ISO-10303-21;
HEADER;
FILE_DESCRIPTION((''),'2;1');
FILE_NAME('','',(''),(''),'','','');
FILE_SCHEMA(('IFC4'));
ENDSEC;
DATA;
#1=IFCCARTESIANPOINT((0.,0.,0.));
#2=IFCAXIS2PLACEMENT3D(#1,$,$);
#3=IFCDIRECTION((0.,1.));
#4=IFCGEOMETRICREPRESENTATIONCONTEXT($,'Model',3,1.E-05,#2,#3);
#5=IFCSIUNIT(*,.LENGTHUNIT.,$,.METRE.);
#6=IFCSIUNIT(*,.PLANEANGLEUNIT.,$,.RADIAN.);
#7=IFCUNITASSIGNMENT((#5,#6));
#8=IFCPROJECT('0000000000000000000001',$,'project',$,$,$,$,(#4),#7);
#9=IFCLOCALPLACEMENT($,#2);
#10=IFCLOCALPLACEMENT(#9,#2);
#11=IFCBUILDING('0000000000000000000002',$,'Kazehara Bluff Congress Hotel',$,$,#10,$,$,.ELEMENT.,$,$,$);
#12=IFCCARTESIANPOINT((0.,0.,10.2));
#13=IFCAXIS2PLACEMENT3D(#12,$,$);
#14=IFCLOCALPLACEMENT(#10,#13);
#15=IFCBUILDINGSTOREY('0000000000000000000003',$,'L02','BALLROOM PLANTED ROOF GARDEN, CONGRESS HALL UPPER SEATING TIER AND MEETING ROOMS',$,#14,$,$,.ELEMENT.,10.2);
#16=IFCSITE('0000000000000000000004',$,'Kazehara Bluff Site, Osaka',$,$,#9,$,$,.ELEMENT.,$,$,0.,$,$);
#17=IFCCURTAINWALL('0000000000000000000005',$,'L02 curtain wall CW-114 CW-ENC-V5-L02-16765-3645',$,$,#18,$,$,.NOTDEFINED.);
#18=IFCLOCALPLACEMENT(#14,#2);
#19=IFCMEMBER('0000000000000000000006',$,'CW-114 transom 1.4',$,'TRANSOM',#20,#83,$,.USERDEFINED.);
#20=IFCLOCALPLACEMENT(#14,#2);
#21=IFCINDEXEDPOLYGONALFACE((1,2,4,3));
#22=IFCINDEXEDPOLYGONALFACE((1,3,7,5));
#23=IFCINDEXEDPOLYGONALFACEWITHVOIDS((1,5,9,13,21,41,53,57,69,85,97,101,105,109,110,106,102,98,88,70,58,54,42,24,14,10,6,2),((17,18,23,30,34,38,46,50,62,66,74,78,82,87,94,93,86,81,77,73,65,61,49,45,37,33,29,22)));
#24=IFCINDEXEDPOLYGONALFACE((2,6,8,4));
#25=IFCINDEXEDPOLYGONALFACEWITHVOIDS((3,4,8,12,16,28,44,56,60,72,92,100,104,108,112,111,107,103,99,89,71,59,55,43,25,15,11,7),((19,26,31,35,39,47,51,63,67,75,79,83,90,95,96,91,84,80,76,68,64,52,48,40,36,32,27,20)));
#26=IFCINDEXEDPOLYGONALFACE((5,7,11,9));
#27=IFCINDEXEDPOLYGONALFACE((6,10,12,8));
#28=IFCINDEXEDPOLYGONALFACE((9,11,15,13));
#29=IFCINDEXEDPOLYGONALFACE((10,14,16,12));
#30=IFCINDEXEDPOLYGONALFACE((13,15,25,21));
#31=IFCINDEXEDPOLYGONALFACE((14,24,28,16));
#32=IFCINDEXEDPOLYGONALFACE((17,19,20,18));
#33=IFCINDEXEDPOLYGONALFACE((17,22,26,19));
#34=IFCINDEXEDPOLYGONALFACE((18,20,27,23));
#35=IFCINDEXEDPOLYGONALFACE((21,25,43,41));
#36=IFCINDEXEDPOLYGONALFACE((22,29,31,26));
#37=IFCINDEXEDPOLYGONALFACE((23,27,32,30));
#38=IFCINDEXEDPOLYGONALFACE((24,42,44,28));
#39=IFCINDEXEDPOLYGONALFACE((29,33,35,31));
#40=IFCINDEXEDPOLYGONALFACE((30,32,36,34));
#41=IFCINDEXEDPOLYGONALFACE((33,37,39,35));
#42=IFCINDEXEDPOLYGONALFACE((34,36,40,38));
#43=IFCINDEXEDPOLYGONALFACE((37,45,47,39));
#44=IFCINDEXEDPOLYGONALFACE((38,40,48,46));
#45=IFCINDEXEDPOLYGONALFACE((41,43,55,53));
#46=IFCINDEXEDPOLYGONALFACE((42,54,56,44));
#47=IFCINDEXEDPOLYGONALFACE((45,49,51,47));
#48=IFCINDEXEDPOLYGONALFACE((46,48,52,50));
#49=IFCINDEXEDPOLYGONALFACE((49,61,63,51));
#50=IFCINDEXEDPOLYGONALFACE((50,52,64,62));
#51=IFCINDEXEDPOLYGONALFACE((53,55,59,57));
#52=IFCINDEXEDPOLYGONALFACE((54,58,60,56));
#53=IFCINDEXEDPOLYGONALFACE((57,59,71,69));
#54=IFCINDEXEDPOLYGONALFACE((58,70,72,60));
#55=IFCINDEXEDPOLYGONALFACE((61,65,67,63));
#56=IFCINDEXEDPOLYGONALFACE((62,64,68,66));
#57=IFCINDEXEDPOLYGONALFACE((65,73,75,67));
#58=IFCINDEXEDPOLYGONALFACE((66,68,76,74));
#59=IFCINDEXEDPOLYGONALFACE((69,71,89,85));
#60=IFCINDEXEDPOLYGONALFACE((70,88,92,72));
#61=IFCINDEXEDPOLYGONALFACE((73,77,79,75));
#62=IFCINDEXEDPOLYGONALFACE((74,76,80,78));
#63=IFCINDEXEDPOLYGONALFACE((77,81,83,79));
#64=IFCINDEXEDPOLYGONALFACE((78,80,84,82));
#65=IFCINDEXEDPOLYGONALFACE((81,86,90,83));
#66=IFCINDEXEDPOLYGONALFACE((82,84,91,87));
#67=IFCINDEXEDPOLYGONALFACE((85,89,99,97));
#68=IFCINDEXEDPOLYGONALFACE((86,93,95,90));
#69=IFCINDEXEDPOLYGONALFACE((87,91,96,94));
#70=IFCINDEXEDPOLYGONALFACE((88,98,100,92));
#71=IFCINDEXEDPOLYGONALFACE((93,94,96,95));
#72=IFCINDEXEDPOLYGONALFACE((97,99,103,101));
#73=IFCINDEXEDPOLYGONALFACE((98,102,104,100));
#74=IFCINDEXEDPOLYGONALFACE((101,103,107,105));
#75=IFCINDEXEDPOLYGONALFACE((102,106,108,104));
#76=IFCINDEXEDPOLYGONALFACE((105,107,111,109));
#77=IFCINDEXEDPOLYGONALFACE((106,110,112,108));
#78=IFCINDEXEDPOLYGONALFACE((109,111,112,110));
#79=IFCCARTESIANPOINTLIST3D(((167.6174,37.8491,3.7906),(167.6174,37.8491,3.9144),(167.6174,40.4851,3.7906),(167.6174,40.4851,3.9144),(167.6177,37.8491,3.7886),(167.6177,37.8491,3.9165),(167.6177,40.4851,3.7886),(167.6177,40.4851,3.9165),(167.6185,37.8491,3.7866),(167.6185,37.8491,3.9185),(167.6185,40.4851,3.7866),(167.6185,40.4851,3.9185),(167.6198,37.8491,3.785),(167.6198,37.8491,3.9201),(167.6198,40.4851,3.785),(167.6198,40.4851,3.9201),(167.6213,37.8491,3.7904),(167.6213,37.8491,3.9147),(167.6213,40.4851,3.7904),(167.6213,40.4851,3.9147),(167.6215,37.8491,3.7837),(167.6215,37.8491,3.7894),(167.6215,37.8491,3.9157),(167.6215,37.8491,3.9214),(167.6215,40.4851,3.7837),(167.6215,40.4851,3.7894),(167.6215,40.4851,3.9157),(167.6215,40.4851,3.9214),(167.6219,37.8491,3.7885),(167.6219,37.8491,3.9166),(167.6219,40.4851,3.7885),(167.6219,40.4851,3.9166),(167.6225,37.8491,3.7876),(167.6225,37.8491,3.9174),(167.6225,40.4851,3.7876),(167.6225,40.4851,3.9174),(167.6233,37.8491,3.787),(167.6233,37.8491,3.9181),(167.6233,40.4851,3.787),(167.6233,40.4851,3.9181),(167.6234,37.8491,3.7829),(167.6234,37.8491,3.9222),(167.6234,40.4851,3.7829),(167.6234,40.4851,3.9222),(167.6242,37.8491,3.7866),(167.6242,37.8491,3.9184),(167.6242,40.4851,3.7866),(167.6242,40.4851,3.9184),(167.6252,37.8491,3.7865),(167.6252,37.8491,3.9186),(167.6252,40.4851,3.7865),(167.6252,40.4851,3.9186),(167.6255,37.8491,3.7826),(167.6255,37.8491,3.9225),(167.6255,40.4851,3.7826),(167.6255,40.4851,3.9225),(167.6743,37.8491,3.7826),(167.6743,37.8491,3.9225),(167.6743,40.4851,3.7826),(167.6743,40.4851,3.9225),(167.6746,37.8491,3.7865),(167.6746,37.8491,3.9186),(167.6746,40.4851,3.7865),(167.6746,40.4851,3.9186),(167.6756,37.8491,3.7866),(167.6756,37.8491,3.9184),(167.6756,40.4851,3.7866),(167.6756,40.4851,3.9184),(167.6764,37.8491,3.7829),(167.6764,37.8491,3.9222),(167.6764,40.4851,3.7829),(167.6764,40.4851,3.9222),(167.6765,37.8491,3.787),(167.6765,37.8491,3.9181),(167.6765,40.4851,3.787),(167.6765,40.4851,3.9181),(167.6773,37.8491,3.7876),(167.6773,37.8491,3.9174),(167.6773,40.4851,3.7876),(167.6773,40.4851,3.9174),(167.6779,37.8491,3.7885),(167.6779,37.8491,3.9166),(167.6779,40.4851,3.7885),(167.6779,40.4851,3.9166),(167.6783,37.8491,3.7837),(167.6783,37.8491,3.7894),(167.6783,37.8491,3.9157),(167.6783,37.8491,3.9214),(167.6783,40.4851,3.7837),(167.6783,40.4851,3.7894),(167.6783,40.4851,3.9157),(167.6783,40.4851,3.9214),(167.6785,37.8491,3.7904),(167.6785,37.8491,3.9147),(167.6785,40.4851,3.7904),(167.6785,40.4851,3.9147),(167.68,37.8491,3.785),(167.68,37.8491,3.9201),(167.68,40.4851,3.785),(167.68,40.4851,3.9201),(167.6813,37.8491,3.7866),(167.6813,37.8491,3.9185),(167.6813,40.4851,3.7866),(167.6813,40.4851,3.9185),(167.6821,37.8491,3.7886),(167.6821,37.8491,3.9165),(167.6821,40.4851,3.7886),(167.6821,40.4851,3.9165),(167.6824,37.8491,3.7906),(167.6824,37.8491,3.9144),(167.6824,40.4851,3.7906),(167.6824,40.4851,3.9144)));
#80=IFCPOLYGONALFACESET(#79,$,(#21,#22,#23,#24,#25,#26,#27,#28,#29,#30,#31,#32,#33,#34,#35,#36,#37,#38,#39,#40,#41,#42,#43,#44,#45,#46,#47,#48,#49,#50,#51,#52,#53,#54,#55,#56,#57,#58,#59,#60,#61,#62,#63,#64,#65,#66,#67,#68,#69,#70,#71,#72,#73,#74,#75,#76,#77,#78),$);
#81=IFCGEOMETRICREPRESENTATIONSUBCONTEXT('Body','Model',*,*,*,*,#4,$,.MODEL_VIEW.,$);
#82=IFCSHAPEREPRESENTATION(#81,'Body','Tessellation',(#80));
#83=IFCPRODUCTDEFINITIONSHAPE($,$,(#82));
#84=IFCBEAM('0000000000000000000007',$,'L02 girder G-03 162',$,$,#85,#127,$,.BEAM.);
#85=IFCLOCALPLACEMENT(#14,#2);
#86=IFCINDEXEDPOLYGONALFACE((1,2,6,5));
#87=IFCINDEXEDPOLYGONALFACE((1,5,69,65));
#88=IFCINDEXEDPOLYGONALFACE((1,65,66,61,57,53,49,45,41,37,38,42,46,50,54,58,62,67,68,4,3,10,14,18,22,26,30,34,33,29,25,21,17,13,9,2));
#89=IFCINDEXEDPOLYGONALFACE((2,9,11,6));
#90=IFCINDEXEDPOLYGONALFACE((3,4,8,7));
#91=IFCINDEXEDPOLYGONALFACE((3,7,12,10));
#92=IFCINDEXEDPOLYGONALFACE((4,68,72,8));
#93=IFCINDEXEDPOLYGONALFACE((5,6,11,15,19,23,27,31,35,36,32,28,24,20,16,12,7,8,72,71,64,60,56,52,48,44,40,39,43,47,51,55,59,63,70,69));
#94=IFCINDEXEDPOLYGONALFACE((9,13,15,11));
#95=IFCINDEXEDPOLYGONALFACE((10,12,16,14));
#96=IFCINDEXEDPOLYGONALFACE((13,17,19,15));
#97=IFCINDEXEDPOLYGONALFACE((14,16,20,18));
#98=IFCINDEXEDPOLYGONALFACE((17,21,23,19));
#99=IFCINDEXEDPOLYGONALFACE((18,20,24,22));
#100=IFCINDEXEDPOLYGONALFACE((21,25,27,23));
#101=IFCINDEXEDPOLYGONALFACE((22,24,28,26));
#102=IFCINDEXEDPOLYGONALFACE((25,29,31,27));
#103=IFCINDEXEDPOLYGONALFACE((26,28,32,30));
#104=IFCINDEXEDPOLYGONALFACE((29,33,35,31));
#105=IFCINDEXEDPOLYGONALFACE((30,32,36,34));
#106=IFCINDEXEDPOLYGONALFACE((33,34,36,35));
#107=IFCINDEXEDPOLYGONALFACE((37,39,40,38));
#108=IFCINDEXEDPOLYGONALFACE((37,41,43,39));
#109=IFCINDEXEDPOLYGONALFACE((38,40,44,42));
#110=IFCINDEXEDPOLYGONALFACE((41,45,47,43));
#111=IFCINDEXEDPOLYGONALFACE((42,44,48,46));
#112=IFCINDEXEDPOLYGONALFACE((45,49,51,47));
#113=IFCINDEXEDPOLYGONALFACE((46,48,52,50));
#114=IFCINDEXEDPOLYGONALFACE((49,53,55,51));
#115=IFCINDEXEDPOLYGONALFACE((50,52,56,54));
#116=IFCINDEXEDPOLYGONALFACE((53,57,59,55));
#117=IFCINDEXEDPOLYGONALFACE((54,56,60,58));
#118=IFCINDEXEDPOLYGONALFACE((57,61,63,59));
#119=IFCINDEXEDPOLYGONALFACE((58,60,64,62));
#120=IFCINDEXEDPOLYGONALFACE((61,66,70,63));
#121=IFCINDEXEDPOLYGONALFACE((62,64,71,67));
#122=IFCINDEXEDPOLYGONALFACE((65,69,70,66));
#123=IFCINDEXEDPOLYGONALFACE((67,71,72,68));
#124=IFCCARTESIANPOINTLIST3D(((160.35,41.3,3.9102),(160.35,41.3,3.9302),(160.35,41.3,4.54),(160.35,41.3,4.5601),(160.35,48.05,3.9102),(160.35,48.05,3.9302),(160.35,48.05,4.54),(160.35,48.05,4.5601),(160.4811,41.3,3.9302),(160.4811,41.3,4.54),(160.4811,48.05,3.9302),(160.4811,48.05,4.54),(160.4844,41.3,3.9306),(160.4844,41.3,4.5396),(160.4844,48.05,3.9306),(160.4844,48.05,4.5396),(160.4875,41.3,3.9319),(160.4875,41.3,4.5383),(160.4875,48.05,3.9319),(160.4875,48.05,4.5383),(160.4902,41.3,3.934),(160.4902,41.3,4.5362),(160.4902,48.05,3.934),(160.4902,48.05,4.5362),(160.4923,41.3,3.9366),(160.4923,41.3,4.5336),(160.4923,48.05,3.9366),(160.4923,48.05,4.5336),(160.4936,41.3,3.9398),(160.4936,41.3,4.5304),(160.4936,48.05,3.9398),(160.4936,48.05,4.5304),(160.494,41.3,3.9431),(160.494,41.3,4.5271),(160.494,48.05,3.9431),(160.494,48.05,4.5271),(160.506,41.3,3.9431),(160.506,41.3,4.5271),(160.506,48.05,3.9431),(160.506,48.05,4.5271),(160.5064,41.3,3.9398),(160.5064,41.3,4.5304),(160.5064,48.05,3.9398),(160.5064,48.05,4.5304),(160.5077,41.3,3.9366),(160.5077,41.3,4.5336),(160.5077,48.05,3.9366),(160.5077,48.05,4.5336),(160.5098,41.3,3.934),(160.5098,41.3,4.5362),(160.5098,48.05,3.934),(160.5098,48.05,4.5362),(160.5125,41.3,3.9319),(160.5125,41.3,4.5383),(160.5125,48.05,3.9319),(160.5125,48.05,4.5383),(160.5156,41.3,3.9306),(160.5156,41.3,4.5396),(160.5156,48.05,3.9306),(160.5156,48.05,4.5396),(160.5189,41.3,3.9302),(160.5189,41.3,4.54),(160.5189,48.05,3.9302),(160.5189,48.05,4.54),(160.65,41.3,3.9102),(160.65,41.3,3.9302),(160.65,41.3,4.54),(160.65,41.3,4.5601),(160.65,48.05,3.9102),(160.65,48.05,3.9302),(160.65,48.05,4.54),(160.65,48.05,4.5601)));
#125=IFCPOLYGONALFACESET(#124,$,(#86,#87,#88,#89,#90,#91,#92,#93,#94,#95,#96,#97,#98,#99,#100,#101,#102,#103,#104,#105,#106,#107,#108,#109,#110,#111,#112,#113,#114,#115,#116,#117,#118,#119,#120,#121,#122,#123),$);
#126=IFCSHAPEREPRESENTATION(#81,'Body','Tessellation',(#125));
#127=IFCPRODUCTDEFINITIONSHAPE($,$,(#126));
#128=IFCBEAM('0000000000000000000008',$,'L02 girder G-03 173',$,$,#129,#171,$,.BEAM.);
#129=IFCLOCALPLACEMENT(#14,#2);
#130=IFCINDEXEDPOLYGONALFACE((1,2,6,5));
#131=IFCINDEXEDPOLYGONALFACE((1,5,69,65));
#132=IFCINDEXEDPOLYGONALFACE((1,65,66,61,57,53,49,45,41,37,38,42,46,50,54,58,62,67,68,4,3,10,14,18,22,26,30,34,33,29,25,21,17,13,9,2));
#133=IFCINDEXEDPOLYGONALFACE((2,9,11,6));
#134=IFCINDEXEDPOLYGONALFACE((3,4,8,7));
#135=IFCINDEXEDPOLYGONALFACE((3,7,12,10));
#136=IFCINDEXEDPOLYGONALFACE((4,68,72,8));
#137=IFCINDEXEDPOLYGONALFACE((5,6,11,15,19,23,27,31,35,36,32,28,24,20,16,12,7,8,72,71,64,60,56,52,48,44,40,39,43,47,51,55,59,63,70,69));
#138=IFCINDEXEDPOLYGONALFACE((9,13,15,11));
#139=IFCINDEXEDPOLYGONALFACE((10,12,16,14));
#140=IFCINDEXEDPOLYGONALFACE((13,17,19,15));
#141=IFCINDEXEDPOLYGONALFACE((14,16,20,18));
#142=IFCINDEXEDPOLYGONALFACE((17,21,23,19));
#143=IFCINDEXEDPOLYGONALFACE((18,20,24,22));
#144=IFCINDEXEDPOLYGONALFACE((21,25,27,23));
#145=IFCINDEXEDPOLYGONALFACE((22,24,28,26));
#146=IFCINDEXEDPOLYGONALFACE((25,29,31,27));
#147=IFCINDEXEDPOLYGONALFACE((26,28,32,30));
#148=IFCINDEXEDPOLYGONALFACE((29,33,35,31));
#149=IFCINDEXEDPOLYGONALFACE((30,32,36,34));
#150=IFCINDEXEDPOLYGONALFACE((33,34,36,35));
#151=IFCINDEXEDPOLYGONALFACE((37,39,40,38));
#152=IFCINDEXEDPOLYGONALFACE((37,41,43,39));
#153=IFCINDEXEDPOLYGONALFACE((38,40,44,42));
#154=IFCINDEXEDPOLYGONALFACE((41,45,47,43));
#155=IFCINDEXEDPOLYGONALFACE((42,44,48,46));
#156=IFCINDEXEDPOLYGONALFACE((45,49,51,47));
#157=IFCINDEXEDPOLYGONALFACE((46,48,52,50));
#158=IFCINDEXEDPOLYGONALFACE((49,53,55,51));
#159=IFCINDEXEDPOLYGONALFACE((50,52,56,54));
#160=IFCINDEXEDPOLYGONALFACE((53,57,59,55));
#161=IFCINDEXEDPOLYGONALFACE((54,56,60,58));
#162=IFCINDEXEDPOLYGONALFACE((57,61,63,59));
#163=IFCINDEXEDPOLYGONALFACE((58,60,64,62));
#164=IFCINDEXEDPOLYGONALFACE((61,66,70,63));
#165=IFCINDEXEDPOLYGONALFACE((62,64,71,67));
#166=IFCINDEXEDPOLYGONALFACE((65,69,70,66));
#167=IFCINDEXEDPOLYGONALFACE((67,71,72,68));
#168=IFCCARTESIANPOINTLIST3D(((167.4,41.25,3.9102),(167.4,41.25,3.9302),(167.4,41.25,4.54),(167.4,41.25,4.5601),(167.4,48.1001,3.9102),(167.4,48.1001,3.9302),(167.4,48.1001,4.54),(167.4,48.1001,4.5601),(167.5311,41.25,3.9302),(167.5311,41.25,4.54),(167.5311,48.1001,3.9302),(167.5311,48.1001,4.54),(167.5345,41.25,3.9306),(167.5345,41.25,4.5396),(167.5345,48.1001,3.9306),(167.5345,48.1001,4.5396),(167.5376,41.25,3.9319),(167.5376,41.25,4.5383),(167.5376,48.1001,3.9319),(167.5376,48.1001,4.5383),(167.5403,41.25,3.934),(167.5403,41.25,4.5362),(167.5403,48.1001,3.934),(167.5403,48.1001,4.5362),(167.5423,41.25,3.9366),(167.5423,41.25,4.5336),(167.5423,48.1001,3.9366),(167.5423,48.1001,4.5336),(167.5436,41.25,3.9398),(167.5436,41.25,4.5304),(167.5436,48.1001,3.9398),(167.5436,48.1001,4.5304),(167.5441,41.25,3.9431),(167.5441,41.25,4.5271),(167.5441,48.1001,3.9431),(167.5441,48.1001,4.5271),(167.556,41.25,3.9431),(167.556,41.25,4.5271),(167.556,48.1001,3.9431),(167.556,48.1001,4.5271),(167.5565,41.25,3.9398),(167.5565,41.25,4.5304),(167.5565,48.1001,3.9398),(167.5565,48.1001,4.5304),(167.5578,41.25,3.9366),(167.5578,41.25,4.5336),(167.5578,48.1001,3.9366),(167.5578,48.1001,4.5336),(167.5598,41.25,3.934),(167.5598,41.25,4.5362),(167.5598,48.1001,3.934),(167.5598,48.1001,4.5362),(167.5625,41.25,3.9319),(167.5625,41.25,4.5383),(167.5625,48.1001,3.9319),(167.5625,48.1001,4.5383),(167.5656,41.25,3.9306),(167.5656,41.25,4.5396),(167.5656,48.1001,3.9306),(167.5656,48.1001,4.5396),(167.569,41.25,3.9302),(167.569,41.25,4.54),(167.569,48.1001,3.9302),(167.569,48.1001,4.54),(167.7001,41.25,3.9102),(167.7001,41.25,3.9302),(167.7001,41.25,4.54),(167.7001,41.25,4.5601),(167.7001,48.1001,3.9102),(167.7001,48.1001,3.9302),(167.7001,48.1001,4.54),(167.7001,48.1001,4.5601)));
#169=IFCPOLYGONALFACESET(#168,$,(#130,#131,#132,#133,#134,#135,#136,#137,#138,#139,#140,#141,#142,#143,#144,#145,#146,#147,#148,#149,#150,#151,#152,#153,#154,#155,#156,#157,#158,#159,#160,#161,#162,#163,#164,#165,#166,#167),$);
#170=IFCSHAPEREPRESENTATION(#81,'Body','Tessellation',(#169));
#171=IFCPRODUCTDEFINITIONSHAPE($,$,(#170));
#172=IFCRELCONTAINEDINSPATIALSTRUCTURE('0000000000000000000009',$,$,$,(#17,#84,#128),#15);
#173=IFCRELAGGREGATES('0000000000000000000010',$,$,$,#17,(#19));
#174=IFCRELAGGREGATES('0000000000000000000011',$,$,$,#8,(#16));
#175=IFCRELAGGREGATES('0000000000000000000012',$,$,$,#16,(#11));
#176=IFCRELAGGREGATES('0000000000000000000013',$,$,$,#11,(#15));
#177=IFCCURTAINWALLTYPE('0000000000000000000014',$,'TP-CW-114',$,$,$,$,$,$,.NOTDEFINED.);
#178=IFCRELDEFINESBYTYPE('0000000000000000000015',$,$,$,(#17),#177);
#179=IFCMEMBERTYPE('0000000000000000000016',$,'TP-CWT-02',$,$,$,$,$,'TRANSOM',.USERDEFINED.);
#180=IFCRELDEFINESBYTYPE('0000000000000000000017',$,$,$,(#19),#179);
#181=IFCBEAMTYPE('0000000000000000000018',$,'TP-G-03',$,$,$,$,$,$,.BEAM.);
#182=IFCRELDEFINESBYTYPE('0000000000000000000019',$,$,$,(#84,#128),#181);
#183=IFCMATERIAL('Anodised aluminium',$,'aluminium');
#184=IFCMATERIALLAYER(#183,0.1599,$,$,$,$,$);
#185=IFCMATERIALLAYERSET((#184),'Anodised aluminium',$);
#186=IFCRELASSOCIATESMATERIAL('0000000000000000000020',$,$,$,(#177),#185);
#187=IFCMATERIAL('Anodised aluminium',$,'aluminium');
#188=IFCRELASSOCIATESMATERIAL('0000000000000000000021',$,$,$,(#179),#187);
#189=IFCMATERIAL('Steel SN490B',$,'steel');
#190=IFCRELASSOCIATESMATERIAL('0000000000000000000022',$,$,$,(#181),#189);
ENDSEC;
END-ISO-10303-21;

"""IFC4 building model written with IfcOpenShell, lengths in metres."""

from ifc_helpers import new_model, si_unit, direction, frame, origin, origin_2d, place, context, subcontext, project, spatial, hollow_rectangle, i_section, extrude, material, layer, layer_set, material_profile, profile_set, type_object, element, aggregate, save


model = new_model("IFC4")

# Units and contexts
model_context = context("Model", 3, precision=1e-05, world=origin(), true_north=direction((0.0, 1.0)))
body_context = subcontext(model_context, "Body", "Model", "MODEL_VIEW")
ifc_project = project(units=[si_unit("LENGTHUNIT", "METRE"), si_unit("PLANEANGLEUNIT", "RADIAN")], contexts=[model_context])

# Site, building, storey
site_placement = place(None, origin())
site = spatial("IfcSite", under=ifc_project, at=site_placement, Name="Kazehara Bluff Site, Osaka", CompositionType="ELEMENT", RefElevation=0.0)
building_placement = place(site_placement, origin())
building = spatial("IfcBuilding", under=site, at=building_placement, Name="Kazehara Bluff Congress Hotel", CompositionType="ELEMENT")
storey_placement = place(building_placement, frame((0.0, 0.0, 10.2)))
storey = spatial("IfcBuildingStorey", under=building, at=storey_placement, Name="L02", Description="BALLROOM PLANTED ROOF GARDEN, CONGRESS HALL UPPER SEATING TIER AND MEETING ROOMS", CompositionType="ELEMENT", Elevation=10.2)

# Curtain wall
ifc_material_1 = material(Name="Anodised aluminium", Category="aluminium")
ifc_layer_1 = layer(ifc_material_1, 0.1599)
ifc_layer_set_1 = layer_set([ifc_layer_1], Name="Anodised aluminium")
curtain_wall_type_1 = type_object("IfcCurtainWallType", Name="TP-CW-114", PredefinedType="NOTDEFINED", material=ifc_layer_set_1)
curtain_wall_1_placement = place(storey_placement, origin())
curtain_wall_1 = element("IfcCurtainWall", 1, at=curtain_wall_1_placement, inside=storey, type_object=curtain_wall_type_1, Name="L02 curtain wall CW-114 CW-ENC-V5-L02-16765-3645", PredefinedType="NOTDEFINED")

# Member
ifc_material_2 = material(Name="Anodised aluminium", Category="aluminium")
ifc_material_profile_1 = material_profile(ifc_material_2, hollow_rectangle(XDim=0.0649, YDim=0.1399, WallThickness=0.0039, InnerFilletRadius=0.0039, OuterFilletRadius=0.0081, at=origin_2d()))
ifc_profile_set_1 = profile_set([ifc_material_profile_1], Name="Anodised aluminium")
member_type_1 = type_object("IfcMemberType", Name="TP-CWT-02", ElementType="TRANSOM", PredefinedType="USERDEFINED", material=ifc_profile_set_1)
member_1_placement = place(storey_placement, frame((167.6499, 40.4851, 3.8525), z_axis=(0.0, -1.0, 0.0), x_axis=(1.0, 0.0, 0.0)))
member_1 = element("IfcMember", 2, at=member_1_placement, type_object=member_type_1, Name="CW-114 transom 1.4", ObjectType="TRANSOM", PredefinedType="USERDEFINED", context=body_context, shape_type="SweptSolid", body=[
    extrude(hollow_rectangle(XDim=0.0649, YDim=0.1399, WallThickness=0.0039, InnerFilletRadius=0.0039, OuterFilletRadius=0.0081, at=origin_2d()), origin(), (0.0, 0.0, 1.0), 2.636),
])

# Beams
ifc_material_3 = material(Name="Steel SN490B", Category="steel")
ifc_material_profile_2 = material_profile(ifc_material_3, i_section(OverallWidth=0.3, OverallDepth=0.6499, WebThickness=0.012, FlangeThickness=0.02, FilletRadius=0.0129, at=origin_2d()))
ifc_profile_set_2 = profile_set([ifc_material_profile_2], Name="Steel SN490B")
beam_type_1 = type_object("IfcBeamType", Name="TP-G-03", PredefinedType="BEAM", material=ifc_profile_set_2)
beam_1_placement = place(storey_placement, frame((160.5, 41.3, 4.2351), z_axis=(0.0, 1.0, 0.0), x_axis=(-1.0, 0.0, 0.0)))
element("IfcBeam", 3, at=beam_1_placement, inside=storey, type_object=beam_type_1, Name="L02 girder G-03 162", PredefinedType="BEAM", context=body_context, shape_type="SweptSolid", body=[
    extrude(i_section(OverallWidth=0.3, OverallDepth=0.6499, WebThickness=0.012, FlangeThickness=0.02, FilletRadius=0.0129, at=origin_2d()), origin(), (0.0, 0.0, 1.0), 6.75),
])
beam_2_placement = place(storey_placement, frame((167.55, 41.25, 4.2351), z_axis=(0.0, 1.0, 0.0), x_axis=(-1.0, 0.0, 0.0)))
element("IfcBeam", 4, at=beam_2_placement, inside=storey, type_object=beam_type_1, Name="L02 girder G-03 173", PredefinedType="BEAM", context=body_context, shape_type="SweptSolid", body=[
    extrude(i_section(OverallWidth=0.3, OverallDepth=0.6499, WebThickness=0.012, FlangeThickness=0.02, FilletRadius=0.0129, at=origin_2d()), origin(), (0.0, 0.0, 1.0), 6.8501),
])

aggregate(curtain_wall_1, [member_1])

save(model, "model.ifc")
